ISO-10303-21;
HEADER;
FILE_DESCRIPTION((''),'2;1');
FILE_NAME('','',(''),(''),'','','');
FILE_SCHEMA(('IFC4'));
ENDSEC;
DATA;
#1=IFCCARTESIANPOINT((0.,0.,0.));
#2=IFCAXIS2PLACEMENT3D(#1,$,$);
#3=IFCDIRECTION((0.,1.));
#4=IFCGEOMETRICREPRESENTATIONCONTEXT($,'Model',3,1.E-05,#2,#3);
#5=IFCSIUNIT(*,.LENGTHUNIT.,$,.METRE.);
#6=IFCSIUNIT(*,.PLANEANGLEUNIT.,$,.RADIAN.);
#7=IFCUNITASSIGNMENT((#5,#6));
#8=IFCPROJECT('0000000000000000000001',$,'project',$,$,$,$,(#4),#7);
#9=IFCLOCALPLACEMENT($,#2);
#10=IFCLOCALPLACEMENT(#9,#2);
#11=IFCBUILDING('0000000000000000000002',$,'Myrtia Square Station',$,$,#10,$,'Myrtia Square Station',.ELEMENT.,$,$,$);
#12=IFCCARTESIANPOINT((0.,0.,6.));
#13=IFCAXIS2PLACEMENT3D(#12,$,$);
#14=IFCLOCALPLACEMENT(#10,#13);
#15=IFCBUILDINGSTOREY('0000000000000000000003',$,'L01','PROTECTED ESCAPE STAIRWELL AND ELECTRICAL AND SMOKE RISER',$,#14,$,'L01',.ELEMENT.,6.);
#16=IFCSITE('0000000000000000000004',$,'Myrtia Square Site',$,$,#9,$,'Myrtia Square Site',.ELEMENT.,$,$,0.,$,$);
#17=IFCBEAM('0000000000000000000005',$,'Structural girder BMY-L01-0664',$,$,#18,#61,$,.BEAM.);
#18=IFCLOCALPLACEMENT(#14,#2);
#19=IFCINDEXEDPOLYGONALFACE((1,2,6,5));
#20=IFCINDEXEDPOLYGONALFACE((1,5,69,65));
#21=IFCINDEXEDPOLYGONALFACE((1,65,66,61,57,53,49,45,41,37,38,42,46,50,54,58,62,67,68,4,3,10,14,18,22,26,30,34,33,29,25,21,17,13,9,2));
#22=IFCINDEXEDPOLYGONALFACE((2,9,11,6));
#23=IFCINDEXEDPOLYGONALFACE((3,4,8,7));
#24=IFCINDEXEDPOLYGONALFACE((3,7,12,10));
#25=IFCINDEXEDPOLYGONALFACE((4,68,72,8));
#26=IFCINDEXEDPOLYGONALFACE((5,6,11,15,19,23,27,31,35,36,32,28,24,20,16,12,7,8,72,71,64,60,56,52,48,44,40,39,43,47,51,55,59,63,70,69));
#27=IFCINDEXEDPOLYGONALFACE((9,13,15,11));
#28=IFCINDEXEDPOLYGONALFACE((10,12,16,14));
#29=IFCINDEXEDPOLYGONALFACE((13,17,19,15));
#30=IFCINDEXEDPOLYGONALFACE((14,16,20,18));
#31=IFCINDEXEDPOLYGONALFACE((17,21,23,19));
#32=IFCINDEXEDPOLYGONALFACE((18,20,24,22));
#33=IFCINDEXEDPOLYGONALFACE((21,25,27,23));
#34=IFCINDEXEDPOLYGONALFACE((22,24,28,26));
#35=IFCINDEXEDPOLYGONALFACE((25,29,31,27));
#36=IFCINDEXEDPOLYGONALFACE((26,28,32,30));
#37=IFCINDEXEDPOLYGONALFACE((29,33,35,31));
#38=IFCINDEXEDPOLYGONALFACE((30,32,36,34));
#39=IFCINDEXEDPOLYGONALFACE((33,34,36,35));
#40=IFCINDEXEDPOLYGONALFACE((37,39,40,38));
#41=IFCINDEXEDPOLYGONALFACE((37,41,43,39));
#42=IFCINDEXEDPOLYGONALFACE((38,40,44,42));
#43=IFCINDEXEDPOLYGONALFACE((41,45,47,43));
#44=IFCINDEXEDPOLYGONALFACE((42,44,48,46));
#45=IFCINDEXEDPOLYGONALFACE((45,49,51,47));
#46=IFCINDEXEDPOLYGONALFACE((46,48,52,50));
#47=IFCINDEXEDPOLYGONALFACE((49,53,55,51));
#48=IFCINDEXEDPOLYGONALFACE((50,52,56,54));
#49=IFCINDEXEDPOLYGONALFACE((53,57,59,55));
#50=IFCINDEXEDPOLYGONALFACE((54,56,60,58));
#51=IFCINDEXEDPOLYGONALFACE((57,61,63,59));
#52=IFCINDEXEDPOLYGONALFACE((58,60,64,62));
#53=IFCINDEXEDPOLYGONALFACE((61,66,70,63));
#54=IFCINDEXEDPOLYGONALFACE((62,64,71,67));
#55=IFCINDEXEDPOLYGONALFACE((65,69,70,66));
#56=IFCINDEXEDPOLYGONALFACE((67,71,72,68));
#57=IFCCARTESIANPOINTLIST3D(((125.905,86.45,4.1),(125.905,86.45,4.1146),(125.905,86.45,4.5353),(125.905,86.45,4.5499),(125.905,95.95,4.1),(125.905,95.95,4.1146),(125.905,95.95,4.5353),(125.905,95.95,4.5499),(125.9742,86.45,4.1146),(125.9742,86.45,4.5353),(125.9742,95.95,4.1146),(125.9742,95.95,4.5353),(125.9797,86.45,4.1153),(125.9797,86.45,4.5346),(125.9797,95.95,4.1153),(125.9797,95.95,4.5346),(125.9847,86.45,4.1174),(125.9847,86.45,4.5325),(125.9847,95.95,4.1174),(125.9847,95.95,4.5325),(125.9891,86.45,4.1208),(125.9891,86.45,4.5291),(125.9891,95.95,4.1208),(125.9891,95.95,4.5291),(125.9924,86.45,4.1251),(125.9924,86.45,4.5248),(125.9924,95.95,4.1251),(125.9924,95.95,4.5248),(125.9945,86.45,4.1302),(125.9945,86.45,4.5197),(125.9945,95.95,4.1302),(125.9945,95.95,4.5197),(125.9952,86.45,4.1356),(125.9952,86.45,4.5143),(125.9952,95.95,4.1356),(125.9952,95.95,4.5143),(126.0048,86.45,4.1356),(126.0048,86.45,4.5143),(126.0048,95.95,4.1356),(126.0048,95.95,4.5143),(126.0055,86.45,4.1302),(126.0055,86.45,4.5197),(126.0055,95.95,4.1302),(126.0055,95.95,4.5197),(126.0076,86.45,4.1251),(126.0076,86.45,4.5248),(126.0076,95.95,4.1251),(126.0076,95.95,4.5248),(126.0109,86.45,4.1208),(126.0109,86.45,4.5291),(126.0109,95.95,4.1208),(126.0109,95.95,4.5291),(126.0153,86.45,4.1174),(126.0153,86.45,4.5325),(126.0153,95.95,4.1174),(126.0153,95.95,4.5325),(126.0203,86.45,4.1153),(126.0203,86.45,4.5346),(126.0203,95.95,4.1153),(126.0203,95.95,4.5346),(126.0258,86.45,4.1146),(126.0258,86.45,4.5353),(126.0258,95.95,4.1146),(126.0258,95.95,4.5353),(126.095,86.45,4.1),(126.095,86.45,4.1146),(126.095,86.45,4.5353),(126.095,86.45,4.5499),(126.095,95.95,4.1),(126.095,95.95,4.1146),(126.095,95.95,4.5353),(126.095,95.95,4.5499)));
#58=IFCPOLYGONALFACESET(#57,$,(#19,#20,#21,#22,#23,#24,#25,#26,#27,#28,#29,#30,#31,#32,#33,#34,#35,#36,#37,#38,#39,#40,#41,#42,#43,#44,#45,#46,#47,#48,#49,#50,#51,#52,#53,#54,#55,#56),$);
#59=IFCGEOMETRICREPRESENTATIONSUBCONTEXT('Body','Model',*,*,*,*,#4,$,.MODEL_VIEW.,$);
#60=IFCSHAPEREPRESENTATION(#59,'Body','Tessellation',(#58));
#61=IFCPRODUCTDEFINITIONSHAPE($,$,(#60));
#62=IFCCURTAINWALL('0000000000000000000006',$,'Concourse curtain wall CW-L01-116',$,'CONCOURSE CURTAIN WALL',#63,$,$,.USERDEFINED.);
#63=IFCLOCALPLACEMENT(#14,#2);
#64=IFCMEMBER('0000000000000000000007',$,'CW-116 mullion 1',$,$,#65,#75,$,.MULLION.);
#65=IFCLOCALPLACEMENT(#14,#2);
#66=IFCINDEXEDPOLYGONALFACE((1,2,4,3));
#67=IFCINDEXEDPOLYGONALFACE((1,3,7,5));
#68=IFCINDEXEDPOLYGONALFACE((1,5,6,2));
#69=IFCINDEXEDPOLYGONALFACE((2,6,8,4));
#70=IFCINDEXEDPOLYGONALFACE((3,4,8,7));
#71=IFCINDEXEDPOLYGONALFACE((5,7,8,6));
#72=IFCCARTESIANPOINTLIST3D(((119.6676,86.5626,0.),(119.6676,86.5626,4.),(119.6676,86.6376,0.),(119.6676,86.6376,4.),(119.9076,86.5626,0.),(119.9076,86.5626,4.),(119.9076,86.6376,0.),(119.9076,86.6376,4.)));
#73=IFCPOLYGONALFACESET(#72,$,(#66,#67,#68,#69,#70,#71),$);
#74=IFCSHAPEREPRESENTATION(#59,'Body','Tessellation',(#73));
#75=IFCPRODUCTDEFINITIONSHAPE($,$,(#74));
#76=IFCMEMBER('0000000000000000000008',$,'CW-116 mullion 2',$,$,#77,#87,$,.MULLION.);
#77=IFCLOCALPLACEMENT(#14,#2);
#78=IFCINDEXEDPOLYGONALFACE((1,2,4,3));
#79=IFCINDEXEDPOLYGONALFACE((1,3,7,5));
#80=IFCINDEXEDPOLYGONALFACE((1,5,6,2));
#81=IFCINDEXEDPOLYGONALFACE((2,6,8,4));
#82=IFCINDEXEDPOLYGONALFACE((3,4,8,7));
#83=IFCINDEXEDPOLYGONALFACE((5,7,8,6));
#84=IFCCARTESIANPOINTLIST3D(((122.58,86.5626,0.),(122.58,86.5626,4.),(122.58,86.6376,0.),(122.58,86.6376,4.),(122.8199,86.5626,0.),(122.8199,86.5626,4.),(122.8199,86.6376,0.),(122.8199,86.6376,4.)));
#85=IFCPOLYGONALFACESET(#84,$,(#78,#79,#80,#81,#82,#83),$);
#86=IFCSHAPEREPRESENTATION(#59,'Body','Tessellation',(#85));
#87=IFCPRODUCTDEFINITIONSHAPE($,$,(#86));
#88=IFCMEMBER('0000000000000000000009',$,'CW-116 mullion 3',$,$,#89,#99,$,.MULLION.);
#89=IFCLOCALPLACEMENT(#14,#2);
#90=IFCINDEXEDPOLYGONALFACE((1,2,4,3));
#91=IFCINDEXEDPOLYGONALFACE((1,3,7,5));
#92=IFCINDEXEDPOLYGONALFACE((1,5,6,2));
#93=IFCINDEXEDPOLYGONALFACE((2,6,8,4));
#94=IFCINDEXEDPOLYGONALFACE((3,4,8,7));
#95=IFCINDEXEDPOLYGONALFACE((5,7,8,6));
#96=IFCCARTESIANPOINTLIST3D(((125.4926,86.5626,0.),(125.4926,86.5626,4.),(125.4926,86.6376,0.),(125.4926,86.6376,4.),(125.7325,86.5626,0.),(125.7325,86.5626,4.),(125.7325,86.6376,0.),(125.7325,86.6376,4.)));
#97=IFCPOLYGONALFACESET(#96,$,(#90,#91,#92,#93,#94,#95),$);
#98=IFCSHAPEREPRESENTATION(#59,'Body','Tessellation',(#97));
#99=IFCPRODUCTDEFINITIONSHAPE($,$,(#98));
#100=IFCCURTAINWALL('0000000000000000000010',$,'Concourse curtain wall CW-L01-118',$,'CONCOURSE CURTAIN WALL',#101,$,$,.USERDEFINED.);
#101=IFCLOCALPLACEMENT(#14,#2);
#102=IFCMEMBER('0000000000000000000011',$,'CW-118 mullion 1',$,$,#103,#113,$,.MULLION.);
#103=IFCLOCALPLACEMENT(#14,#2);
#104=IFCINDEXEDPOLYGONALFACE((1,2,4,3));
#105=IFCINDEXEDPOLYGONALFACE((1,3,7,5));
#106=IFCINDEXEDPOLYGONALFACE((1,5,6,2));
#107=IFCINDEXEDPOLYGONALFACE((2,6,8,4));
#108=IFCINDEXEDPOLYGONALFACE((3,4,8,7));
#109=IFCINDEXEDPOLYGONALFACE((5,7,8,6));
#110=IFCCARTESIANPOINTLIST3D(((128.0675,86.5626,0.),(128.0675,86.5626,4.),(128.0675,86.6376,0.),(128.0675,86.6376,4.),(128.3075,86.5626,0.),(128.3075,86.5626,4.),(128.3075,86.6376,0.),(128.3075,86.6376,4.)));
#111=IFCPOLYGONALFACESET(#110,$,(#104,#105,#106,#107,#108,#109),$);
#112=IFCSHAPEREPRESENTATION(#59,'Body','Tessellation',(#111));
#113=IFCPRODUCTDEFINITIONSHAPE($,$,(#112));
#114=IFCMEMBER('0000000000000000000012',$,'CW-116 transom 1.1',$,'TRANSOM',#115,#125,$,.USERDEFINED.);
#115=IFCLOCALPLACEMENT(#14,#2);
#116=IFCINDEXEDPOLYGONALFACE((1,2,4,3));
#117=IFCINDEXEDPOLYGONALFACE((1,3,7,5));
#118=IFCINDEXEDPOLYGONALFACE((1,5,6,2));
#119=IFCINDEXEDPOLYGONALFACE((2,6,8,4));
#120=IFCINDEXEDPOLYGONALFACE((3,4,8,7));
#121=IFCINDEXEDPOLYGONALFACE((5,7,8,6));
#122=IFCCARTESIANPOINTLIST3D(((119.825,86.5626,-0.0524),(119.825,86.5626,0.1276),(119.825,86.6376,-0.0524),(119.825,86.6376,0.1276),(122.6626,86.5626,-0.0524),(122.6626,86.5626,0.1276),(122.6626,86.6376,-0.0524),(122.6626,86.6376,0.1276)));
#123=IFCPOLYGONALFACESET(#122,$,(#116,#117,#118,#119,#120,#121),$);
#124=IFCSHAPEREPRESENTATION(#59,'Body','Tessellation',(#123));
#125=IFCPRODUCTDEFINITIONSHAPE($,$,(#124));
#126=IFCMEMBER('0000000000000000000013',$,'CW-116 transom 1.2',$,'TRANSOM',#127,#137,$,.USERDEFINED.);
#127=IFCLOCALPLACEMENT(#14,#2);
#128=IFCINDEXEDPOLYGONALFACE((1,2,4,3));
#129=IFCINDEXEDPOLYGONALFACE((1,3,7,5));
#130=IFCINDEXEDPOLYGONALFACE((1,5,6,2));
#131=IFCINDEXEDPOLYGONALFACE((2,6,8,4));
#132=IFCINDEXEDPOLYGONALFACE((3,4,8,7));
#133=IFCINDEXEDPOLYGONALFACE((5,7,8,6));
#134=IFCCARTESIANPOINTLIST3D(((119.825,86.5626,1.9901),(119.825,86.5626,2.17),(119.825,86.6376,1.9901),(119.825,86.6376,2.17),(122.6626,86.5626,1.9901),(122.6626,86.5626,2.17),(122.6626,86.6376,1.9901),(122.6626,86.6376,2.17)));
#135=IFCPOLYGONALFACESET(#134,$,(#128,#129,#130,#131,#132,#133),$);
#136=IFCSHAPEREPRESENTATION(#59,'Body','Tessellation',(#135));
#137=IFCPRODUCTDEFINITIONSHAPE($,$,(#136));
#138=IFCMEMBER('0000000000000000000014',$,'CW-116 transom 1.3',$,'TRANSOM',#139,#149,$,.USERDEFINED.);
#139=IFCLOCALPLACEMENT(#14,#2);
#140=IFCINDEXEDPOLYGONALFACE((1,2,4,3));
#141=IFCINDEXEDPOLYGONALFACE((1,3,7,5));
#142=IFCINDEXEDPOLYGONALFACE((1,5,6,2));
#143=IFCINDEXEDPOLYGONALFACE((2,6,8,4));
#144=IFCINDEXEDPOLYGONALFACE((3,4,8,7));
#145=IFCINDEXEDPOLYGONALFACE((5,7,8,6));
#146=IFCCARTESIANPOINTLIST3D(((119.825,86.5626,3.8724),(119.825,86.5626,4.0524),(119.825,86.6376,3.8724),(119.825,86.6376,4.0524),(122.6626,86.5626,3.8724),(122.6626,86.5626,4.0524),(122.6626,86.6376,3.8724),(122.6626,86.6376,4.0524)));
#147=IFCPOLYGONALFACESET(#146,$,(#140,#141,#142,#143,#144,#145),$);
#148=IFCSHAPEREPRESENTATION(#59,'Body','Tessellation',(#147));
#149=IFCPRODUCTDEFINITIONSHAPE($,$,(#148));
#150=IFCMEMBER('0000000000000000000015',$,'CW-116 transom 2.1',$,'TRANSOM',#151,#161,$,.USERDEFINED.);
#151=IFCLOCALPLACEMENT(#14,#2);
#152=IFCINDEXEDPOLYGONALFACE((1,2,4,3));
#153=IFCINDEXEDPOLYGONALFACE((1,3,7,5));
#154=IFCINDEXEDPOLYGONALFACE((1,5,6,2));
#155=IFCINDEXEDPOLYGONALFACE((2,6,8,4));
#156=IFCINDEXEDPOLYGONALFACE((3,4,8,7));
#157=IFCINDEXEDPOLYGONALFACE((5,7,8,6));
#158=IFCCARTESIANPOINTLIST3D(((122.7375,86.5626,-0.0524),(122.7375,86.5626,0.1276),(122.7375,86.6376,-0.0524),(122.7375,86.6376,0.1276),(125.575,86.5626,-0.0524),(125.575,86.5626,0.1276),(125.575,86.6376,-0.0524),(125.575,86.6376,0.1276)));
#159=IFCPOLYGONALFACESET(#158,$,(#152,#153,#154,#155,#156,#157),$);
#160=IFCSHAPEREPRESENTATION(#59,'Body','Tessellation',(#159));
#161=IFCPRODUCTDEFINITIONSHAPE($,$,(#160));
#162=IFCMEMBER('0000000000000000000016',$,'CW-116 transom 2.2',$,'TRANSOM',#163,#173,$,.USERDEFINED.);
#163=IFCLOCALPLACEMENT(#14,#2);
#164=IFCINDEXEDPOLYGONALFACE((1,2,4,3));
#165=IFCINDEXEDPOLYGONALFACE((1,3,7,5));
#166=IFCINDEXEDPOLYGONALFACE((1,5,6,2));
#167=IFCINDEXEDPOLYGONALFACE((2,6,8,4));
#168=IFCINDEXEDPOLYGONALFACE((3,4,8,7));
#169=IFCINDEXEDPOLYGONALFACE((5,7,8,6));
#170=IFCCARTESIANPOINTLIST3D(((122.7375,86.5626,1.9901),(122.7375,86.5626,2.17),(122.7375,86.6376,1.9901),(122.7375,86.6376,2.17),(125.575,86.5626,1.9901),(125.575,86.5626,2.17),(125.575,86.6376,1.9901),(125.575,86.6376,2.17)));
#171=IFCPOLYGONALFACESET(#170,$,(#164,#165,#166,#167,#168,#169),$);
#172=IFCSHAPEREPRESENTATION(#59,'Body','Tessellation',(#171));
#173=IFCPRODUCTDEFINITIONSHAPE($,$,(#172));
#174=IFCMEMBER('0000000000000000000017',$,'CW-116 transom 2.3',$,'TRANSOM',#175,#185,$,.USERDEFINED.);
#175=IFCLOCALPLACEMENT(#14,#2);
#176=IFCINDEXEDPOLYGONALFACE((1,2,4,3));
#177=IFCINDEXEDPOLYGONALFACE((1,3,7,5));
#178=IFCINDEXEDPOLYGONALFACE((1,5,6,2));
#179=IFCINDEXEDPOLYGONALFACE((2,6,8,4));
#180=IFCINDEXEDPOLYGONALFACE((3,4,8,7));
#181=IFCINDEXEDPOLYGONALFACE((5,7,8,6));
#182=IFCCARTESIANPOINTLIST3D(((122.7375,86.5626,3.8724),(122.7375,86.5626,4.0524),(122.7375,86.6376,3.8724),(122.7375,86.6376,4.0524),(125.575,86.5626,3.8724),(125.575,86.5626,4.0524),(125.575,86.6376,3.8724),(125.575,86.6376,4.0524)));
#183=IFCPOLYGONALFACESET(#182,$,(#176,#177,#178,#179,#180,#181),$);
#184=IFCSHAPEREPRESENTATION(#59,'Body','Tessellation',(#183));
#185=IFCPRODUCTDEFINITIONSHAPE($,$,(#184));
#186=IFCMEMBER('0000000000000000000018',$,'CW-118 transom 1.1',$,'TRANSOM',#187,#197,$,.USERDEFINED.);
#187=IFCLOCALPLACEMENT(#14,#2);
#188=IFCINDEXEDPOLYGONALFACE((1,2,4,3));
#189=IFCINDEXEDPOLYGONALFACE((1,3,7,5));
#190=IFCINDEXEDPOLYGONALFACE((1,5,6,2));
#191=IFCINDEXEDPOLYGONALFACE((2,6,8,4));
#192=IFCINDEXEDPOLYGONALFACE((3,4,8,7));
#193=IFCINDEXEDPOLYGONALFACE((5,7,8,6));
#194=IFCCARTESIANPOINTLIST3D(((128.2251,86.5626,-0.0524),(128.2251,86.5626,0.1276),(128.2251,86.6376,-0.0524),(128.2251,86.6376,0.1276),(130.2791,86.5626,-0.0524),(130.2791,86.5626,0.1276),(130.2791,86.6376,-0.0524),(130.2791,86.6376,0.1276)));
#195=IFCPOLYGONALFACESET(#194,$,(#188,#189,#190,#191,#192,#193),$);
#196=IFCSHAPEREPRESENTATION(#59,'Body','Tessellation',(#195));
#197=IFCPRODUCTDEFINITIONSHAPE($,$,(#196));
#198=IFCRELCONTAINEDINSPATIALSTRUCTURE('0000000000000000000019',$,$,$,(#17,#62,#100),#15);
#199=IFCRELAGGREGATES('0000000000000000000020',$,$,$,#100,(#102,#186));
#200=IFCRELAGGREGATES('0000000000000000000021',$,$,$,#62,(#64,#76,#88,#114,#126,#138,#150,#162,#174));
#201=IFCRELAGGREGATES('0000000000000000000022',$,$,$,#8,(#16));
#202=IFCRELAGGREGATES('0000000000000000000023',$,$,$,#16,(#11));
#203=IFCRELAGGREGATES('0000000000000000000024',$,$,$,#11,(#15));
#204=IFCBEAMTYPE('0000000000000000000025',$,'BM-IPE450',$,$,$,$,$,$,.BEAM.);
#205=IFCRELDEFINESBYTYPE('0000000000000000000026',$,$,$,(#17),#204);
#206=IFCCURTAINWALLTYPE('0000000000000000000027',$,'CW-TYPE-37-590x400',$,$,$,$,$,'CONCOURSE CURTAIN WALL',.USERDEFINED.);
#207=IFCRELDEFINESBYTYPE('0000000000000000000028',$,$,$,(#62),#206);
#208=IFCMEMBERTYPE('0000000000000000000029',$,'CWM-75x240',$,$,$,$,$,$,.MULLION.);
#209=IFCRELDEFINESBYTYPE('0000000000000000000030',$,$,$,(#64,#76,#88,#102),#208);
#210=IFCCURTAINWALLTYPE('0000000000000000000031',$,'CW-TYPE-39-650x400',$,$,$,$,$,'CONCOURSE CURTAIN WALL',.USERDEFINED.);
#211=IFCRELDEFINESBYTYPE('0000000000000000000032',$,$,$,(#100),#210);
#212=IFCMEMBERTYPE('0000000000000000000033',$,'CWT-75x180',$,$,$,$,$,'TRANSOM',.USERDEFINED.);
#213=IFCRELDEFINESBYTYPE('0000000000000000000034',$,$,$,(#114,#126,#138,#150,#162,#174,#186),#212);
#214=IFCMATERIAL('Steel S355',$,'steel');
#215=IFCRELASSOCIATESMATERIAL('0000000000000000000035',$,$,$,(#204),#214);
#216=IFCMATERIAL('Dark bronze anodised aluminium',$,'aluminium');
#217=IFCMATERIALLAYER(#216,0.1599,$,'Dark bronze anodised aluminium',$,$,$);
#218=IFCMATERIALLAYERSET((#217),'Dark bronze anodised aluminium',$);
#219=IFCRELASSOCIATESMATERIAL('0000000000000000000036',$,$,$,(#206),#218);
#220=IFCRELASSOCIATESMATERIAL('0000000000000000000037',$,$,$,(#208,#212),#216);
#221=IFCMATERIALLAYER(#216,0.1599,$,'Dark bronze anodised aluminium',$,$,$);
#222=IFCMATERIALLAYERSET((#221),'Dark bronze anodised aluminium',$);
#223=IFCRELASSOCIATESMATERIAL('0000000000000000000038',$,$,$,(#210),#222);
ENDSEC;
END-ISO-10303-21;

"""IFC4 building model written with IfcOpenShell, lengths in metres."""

from ifc_helpers import new_model, si_unit, direction, frame, origin, origin_2d, place, context, subcontext, project, spatial, rectangle, i_section, extrude, material, layer, layer_set, material_profile, profile_set, type_object, element, aggregate, save


model = new_model("IFC4")

# Units and contexts
model_context = context("Model", 3, precision=1e-05, world=origin(), true_north=direction((0.0, 1.0)))
body_context = subcontext(model_context, "Body", "Model", "MODEL_VIEW")
ifc_project = project(units=[si_unit("LENGTHUNIT", "METRE"), si_unit("PLANEANGLEUNIT", "RADIAN")], contexts=[model_context])

# Site, building, storey
site_placement = place(None, origin())
site = spatial("IfcSite", under=ifc_project, at=site_placement, Name="Myrtia Square Site", LongName="Myrtia Square Site", CompositionType="ELEMENT", RefElevation=0.0)
building_placement = place(site_placement, origin())
building = spatial("IfcBuilding", under=site, at=building_placement, Name="Myrtia Square Station", LongName="Myrtia Square Station", CompositionType="ELEMENT")
storey_placement = place(building_placement, frame((0.0, 0.0, 6.0)))
storey = spatial("IfcBuildingStorey", under=building, at=storey_placement, Name="L01", Description="PROTECTED ESCAPE STAIRWELL AND ELECTRICAL AND SMOKE RISER", LongName="L01", CompositionType="ELEMENT", Elevation=6.0)

# Beam
ifc_material_1 = material(Name="Steel S355", Category="steel")
ifc_material_profile_1 = material_profile(ifc_material_1, i_section(OverallWidth=0.1899, OverallDepth=0.45, WebThickness=0.0095, FlangeThickness=0.0146, FilletRadius=0.021, at=origin_2d()), Name="IPE 450")
ifc_profile_set_1 = profile_set([ifc_material_profile_1], Name="Steel S355")
beam_type_1 = type_object("IfcBeamType", Name="BM-IPE450", PredefinedType="BEAM", material=ifc_profile_set_1)
beam_1_placement = place(storey_placement, frame((126.0, 86.45, 4.325), z_axis=(0.0, 1.0, 0.0), x_axis=(-1.0, 0.0, 0.0)))
element("IfcBeam", 1, at=beam_1_placement, inside=storey, type_object=beam_type_1, Name="Structural girder BMY-L01-0664", PredefinedType="BEAM", context=body_context, shape_type="SweptSolid", body=[
    extrude(i_section(OverallWidth=0.1899, OverallDepth=0.45, WebThickness=0.0095, FlangeThickness=0.0146, FilletRadius=0.021, at=origin_2d()), origin(), (0.0, 0.0, 1.0), 9.5),
])

# Curtain wall, members
ifc_material_2 = material(Name="Dark bronze anodised aluminium", Category="aluminium")
ifc_layer_1 = layer(ifc_material_2, 0.1599, Name="Dark bronze anodised aluminium")
ifc_layer_set_1 = layer_set([ifc_layer_1], Name="Dark bronze anodised aluminium")
curtain_wall_type_1 = type_object("IfcCurtainWallType", Name="CW-TYPE-37-590x400", ElementType="CONCOURSE CURTAIN WALL", PredefinedType="USERDEFINED", material=ifc_layer_set_1)
curtain_wall_1_placement = place(storey_placement, origin())
curtain_wall_1 = element("IfcCurtainWall", 2, at=curtain_wall_1_placement, inside=storey, type_object=curtain_wall_type_1, Name="Concourse curtain wall CW-L01-116", ObjectType="CONCOURSE CURTAIN WALL", PredefinedType="USERDEFINED")
ifc_material_profile_2 = material_profile(ifc_material_2, rectangle(XDim=0.075, YDim=0.24, at=origin_2d()), Name="ALU-M 75x240")
ifc_profile_set_2 = profile_set([ifc_material_profile_2], Name="Dark bronze anodised aluminium")
member_type_1 = type_object("IfcMemberType", Name="CWM-75x240", PredefinedType="MULLION", material=ifc_profile_set_2)
member_1_placement = place(storey_placement, frame((119.7876, 86.6001, 0.0), z_axis=(0.0, 0.0, 1.0), x_axis=(0.0, 1.0, 0.0)))
member_1 = element("IfcMember", 3, at=member_1_placement, type_object=member_type_1, Name="CW-116 mullion 1", PredefinedType="MULLION", context=body_context, shape_type="SweptSolid", body=[
    extrude(rectangle(XDim=0.075, YDim=0.24, at=origin_2d()), origin(), (0.0, 0.0, 1.0), 4.0),
])
member_2_placement = place(storey_placement, frame((122.7, 86.6001, 0.0), z_axis=(0.0, 0.0, 1.0), x_axis=(0.0, 1.0, 0.0)))
member_2 = element("IfcMember", 4, at=member_2_placement, type_object=member_type_1, Name="CW-116 mullion 2", PredefinedType="MULLION", context=body_context, shape_type="SweptSolid", body=[
    extrude(rectangle(XDim=0.075, YDim=0.24, at=origin_2d()), origin(), (0.0, 0.0, 1.0), 4.0),
])
member_3_placement = place(storey_placement, frame((125.6125, 86.6001, 0.0), z_axis=(0.0, 0.0, 1.0), x_axis=(0.0, 1.0, 0.0)))
member_3 = element("IfcMember", 5, at=member_3_placement, type_object=member_type_1, Name="CW-116 mullion 3", PredefinedType="MULLION", context=body_context, shape_type="SweptSolid", body=[
    extrude(rectangle(XDim=0.075, YDim=0.24, at=origin_2d()), origin(), (0.0, 0.0, 1.0), 4.0),
])

# Curtain wall, member
ifc_layer_2 = layer(ifc_material_2, 0.1599, Name="Dark bronze anodised aluminium")
ifc_layer_set_2 = layer_set([ifc_layer_2], Name="Dark bronze anodised aluminium")
curtain_wall_type_2 = type_object("IfcCurtainWallType", Name="CW-TYPE-39-650x400", ElementType="CONCOURSE CURTAIN WALL", PredefinedType="USERDEFINED", material=ifc_layer_set_2)
curtain_wall_2_placement = place(storey_placement, origin())
curtain_wall_2 = element("IfcCurtainWall", 6, at=curtain_wall_2_placement, inside=storey, type_object=curtain_wall_type_2, Name="Concourse curtain wall CW-L01-118", ObjectType="CONCOURSE CURTAIN WALL", PredefinedType="USERDEFINED")
member_4_placement = place(storey_placement, frame((128.1875, 86.6001, 0.0), z_axis=(0.0, 0.0, 1.0), x_axis=(0.0, 1.0, 0.0)))
member_4 = element("IfcMember", 7, at=member_4_placement, type_object=member_type_1, Name="CW-118 mullion 1", PredefinedType="MULLION", context=body_context, shape_type="SweptSolid", body=[
    extrude(rectangle(XDim=0.075, YDim=0.24, at=origin_2d()), origin(), (0.0, 0.0, 1.0), 4.0),
])

# Members
ifc_material_profile_3 = material_profile(ifc_material_2, rectangle(XDim=0.075, YDim=0.1799, at=origin_2d()), Name="ALU-T 75x180")
ifc_profile_set_3 = profile_set([ifc_material_profile_3], Name="Dark bronze anodised aluminium")
member_type_2 = type_object("IfcMemberType", Name="CWT-75x180", ElementType="TRANSOM", PredefinedType="USERDEFINED", material=ifc_profile_set_3)
member_5_placement = place(storey_placement, frame((119.825, 86.6001, 0.0376), z_axis=(1.0, 0.0, 0.0), x_axis=(0.0, 1.0, 0.0)))
member_5 = element("IfcMember", 8, at=member_5_placement, type_object=member_type_2, Name="CW-116 transom 1.1", ObjectType="TRANSOM", PredefinedType="USERDEFINED", context=body_context, shape_type="SweptSolid", body=[
    extrude(rectangle(XDim=0.075, YDim=0.1799, at=origin_2d()), origin(), (0.0, 0.0, 1.0), 2.8376),
])
member_6_placement = place(storey_placement, frame((119.825, 86.6001, 2.0801), z_axis=(1.0, 0.0, 0.0), x_axis=(0.0, 1.0, 0.0)))
member_6 = element("IfcMember", 9, at=member_6_placement, type_object=member_type_2, Name="CW-116 transom 1.2", ObjectType="TRANSOM", PredefinedType="USERDEFINED", context=body_context, shape_type="SweptSolid", body=[
    extrude(rectangle(XDim=0.075, YDim=0.1799, at=origin_2d()), origin(), (0.0, 0.0, 1.0), 2.8376),
])
member_7_placement = place(storey_placement, frame((119.825, 86.6001, 3.9624), z_axis=(1.0, 0.0, 0.0), x_axis=(0.0, 1.0, 0.0)))
member_7 = element("IfcMember", 10, at=member_7_placement, type_object=member_type_2, Name="CW-116 transom 1.3", ObjectType="TRANSOM", PredefinedType="USERDEFINED", context=body_context, shape_type="SweptSolid", body=[
    extrude(rectangle(XDim=0.075, YDim=0.1799, at=origin_2d()), origin(), (0.0, 0.0, 1.0), 2.8376),
])
member_8_placement = place(storey_placement, frame((122.7375, 86.6001, 0.0376), z_axis=(1.0, 0.0, 0.0), x_axis=(0.0, 1.0, 0.0)))
member_8 = element("IfcMember", 11, at=member_8_placement, type_object=member_type_2, Name="CW-116 transom 2.1", ObjectType="TRANSOM", PredefinedType="USERDEFINED", context=body_context, shape_type="SweptSolid", body=[
    extrude(rectangle(XDim=0.075, YDim=0.1799, at=origin_2d()), origin(), (0.0, 0.0, 1.0), 2.8374),
])
member_9_placement = place(storey_placement, frame((122.7375, 86.6001, 2.0801), z_axis=(1.0, 0.0, 0.0), x_axis=(0.0, 1.0, 0.0)))
member_9 = element("IfcMember", 12, at=member_9_placement, type_object=member_type_2, Name="CW-116 transom 2.2", ObjectType="TRANSOM", PredefinedType="USERDEFINED", context=body_context, shape_type="SweptSolid", body=[
    extrude(rectangle(XDim=0.075, YDim=0.1799, at=origin_2d()), origin(), (0.0, 0.0, 1.0), 2.8374),
])
member_10_placement = place(storey_placement, frame((122.7375, 86.6001, 3.9624), z_axis=(1.0, 0.0, 0.0), x_axis=(0.0, 1.0, 0.0)))
member_10 = element("IfcMember", 13, at=member_10_placement, type_object=member_type_2, Name="CW-116 transom 2.3", ObjectType="TRANSOM", PredefinedType="USERDEFINED", context=body_context, shape_type="SweptSolid", body=[
    extrude(rectangle(XDim=0.075, YDim=0.1799, at=origin_2d()), origin(), (0.0, 0.0, 1.0), 2.8374),
])
member_11_placement = place(storey_placement, frame((128.2251, 86.6001, 0.0376), z_axis=(1.0, 0.0, 0.0), x_axis=(0.0, 1.0, 0.0)))
member_11 = element("IfcMember", 14, at=member_11_placement, type_object=member_type_2, Name="CW-118 transom 1.1", ObjectType="TRANSOM", PredefinedType="USERDEFINED", context=body_context, shape_type="SweptSolid", body=[
    extrude(rectangle(XDim=0.075, YDim=0.1799, at=origin_2d()), origin(), (0.0, 0.0, 1.0), 2.054),
])
aggregate(curtain_wall_2, [member_4, member_11])

aggregate(curtain_wall_1, [member_1, member_2, member_3, member_5, member_6, member_7, member_8, member_9, member_10])

save(model, "model.ifc")
